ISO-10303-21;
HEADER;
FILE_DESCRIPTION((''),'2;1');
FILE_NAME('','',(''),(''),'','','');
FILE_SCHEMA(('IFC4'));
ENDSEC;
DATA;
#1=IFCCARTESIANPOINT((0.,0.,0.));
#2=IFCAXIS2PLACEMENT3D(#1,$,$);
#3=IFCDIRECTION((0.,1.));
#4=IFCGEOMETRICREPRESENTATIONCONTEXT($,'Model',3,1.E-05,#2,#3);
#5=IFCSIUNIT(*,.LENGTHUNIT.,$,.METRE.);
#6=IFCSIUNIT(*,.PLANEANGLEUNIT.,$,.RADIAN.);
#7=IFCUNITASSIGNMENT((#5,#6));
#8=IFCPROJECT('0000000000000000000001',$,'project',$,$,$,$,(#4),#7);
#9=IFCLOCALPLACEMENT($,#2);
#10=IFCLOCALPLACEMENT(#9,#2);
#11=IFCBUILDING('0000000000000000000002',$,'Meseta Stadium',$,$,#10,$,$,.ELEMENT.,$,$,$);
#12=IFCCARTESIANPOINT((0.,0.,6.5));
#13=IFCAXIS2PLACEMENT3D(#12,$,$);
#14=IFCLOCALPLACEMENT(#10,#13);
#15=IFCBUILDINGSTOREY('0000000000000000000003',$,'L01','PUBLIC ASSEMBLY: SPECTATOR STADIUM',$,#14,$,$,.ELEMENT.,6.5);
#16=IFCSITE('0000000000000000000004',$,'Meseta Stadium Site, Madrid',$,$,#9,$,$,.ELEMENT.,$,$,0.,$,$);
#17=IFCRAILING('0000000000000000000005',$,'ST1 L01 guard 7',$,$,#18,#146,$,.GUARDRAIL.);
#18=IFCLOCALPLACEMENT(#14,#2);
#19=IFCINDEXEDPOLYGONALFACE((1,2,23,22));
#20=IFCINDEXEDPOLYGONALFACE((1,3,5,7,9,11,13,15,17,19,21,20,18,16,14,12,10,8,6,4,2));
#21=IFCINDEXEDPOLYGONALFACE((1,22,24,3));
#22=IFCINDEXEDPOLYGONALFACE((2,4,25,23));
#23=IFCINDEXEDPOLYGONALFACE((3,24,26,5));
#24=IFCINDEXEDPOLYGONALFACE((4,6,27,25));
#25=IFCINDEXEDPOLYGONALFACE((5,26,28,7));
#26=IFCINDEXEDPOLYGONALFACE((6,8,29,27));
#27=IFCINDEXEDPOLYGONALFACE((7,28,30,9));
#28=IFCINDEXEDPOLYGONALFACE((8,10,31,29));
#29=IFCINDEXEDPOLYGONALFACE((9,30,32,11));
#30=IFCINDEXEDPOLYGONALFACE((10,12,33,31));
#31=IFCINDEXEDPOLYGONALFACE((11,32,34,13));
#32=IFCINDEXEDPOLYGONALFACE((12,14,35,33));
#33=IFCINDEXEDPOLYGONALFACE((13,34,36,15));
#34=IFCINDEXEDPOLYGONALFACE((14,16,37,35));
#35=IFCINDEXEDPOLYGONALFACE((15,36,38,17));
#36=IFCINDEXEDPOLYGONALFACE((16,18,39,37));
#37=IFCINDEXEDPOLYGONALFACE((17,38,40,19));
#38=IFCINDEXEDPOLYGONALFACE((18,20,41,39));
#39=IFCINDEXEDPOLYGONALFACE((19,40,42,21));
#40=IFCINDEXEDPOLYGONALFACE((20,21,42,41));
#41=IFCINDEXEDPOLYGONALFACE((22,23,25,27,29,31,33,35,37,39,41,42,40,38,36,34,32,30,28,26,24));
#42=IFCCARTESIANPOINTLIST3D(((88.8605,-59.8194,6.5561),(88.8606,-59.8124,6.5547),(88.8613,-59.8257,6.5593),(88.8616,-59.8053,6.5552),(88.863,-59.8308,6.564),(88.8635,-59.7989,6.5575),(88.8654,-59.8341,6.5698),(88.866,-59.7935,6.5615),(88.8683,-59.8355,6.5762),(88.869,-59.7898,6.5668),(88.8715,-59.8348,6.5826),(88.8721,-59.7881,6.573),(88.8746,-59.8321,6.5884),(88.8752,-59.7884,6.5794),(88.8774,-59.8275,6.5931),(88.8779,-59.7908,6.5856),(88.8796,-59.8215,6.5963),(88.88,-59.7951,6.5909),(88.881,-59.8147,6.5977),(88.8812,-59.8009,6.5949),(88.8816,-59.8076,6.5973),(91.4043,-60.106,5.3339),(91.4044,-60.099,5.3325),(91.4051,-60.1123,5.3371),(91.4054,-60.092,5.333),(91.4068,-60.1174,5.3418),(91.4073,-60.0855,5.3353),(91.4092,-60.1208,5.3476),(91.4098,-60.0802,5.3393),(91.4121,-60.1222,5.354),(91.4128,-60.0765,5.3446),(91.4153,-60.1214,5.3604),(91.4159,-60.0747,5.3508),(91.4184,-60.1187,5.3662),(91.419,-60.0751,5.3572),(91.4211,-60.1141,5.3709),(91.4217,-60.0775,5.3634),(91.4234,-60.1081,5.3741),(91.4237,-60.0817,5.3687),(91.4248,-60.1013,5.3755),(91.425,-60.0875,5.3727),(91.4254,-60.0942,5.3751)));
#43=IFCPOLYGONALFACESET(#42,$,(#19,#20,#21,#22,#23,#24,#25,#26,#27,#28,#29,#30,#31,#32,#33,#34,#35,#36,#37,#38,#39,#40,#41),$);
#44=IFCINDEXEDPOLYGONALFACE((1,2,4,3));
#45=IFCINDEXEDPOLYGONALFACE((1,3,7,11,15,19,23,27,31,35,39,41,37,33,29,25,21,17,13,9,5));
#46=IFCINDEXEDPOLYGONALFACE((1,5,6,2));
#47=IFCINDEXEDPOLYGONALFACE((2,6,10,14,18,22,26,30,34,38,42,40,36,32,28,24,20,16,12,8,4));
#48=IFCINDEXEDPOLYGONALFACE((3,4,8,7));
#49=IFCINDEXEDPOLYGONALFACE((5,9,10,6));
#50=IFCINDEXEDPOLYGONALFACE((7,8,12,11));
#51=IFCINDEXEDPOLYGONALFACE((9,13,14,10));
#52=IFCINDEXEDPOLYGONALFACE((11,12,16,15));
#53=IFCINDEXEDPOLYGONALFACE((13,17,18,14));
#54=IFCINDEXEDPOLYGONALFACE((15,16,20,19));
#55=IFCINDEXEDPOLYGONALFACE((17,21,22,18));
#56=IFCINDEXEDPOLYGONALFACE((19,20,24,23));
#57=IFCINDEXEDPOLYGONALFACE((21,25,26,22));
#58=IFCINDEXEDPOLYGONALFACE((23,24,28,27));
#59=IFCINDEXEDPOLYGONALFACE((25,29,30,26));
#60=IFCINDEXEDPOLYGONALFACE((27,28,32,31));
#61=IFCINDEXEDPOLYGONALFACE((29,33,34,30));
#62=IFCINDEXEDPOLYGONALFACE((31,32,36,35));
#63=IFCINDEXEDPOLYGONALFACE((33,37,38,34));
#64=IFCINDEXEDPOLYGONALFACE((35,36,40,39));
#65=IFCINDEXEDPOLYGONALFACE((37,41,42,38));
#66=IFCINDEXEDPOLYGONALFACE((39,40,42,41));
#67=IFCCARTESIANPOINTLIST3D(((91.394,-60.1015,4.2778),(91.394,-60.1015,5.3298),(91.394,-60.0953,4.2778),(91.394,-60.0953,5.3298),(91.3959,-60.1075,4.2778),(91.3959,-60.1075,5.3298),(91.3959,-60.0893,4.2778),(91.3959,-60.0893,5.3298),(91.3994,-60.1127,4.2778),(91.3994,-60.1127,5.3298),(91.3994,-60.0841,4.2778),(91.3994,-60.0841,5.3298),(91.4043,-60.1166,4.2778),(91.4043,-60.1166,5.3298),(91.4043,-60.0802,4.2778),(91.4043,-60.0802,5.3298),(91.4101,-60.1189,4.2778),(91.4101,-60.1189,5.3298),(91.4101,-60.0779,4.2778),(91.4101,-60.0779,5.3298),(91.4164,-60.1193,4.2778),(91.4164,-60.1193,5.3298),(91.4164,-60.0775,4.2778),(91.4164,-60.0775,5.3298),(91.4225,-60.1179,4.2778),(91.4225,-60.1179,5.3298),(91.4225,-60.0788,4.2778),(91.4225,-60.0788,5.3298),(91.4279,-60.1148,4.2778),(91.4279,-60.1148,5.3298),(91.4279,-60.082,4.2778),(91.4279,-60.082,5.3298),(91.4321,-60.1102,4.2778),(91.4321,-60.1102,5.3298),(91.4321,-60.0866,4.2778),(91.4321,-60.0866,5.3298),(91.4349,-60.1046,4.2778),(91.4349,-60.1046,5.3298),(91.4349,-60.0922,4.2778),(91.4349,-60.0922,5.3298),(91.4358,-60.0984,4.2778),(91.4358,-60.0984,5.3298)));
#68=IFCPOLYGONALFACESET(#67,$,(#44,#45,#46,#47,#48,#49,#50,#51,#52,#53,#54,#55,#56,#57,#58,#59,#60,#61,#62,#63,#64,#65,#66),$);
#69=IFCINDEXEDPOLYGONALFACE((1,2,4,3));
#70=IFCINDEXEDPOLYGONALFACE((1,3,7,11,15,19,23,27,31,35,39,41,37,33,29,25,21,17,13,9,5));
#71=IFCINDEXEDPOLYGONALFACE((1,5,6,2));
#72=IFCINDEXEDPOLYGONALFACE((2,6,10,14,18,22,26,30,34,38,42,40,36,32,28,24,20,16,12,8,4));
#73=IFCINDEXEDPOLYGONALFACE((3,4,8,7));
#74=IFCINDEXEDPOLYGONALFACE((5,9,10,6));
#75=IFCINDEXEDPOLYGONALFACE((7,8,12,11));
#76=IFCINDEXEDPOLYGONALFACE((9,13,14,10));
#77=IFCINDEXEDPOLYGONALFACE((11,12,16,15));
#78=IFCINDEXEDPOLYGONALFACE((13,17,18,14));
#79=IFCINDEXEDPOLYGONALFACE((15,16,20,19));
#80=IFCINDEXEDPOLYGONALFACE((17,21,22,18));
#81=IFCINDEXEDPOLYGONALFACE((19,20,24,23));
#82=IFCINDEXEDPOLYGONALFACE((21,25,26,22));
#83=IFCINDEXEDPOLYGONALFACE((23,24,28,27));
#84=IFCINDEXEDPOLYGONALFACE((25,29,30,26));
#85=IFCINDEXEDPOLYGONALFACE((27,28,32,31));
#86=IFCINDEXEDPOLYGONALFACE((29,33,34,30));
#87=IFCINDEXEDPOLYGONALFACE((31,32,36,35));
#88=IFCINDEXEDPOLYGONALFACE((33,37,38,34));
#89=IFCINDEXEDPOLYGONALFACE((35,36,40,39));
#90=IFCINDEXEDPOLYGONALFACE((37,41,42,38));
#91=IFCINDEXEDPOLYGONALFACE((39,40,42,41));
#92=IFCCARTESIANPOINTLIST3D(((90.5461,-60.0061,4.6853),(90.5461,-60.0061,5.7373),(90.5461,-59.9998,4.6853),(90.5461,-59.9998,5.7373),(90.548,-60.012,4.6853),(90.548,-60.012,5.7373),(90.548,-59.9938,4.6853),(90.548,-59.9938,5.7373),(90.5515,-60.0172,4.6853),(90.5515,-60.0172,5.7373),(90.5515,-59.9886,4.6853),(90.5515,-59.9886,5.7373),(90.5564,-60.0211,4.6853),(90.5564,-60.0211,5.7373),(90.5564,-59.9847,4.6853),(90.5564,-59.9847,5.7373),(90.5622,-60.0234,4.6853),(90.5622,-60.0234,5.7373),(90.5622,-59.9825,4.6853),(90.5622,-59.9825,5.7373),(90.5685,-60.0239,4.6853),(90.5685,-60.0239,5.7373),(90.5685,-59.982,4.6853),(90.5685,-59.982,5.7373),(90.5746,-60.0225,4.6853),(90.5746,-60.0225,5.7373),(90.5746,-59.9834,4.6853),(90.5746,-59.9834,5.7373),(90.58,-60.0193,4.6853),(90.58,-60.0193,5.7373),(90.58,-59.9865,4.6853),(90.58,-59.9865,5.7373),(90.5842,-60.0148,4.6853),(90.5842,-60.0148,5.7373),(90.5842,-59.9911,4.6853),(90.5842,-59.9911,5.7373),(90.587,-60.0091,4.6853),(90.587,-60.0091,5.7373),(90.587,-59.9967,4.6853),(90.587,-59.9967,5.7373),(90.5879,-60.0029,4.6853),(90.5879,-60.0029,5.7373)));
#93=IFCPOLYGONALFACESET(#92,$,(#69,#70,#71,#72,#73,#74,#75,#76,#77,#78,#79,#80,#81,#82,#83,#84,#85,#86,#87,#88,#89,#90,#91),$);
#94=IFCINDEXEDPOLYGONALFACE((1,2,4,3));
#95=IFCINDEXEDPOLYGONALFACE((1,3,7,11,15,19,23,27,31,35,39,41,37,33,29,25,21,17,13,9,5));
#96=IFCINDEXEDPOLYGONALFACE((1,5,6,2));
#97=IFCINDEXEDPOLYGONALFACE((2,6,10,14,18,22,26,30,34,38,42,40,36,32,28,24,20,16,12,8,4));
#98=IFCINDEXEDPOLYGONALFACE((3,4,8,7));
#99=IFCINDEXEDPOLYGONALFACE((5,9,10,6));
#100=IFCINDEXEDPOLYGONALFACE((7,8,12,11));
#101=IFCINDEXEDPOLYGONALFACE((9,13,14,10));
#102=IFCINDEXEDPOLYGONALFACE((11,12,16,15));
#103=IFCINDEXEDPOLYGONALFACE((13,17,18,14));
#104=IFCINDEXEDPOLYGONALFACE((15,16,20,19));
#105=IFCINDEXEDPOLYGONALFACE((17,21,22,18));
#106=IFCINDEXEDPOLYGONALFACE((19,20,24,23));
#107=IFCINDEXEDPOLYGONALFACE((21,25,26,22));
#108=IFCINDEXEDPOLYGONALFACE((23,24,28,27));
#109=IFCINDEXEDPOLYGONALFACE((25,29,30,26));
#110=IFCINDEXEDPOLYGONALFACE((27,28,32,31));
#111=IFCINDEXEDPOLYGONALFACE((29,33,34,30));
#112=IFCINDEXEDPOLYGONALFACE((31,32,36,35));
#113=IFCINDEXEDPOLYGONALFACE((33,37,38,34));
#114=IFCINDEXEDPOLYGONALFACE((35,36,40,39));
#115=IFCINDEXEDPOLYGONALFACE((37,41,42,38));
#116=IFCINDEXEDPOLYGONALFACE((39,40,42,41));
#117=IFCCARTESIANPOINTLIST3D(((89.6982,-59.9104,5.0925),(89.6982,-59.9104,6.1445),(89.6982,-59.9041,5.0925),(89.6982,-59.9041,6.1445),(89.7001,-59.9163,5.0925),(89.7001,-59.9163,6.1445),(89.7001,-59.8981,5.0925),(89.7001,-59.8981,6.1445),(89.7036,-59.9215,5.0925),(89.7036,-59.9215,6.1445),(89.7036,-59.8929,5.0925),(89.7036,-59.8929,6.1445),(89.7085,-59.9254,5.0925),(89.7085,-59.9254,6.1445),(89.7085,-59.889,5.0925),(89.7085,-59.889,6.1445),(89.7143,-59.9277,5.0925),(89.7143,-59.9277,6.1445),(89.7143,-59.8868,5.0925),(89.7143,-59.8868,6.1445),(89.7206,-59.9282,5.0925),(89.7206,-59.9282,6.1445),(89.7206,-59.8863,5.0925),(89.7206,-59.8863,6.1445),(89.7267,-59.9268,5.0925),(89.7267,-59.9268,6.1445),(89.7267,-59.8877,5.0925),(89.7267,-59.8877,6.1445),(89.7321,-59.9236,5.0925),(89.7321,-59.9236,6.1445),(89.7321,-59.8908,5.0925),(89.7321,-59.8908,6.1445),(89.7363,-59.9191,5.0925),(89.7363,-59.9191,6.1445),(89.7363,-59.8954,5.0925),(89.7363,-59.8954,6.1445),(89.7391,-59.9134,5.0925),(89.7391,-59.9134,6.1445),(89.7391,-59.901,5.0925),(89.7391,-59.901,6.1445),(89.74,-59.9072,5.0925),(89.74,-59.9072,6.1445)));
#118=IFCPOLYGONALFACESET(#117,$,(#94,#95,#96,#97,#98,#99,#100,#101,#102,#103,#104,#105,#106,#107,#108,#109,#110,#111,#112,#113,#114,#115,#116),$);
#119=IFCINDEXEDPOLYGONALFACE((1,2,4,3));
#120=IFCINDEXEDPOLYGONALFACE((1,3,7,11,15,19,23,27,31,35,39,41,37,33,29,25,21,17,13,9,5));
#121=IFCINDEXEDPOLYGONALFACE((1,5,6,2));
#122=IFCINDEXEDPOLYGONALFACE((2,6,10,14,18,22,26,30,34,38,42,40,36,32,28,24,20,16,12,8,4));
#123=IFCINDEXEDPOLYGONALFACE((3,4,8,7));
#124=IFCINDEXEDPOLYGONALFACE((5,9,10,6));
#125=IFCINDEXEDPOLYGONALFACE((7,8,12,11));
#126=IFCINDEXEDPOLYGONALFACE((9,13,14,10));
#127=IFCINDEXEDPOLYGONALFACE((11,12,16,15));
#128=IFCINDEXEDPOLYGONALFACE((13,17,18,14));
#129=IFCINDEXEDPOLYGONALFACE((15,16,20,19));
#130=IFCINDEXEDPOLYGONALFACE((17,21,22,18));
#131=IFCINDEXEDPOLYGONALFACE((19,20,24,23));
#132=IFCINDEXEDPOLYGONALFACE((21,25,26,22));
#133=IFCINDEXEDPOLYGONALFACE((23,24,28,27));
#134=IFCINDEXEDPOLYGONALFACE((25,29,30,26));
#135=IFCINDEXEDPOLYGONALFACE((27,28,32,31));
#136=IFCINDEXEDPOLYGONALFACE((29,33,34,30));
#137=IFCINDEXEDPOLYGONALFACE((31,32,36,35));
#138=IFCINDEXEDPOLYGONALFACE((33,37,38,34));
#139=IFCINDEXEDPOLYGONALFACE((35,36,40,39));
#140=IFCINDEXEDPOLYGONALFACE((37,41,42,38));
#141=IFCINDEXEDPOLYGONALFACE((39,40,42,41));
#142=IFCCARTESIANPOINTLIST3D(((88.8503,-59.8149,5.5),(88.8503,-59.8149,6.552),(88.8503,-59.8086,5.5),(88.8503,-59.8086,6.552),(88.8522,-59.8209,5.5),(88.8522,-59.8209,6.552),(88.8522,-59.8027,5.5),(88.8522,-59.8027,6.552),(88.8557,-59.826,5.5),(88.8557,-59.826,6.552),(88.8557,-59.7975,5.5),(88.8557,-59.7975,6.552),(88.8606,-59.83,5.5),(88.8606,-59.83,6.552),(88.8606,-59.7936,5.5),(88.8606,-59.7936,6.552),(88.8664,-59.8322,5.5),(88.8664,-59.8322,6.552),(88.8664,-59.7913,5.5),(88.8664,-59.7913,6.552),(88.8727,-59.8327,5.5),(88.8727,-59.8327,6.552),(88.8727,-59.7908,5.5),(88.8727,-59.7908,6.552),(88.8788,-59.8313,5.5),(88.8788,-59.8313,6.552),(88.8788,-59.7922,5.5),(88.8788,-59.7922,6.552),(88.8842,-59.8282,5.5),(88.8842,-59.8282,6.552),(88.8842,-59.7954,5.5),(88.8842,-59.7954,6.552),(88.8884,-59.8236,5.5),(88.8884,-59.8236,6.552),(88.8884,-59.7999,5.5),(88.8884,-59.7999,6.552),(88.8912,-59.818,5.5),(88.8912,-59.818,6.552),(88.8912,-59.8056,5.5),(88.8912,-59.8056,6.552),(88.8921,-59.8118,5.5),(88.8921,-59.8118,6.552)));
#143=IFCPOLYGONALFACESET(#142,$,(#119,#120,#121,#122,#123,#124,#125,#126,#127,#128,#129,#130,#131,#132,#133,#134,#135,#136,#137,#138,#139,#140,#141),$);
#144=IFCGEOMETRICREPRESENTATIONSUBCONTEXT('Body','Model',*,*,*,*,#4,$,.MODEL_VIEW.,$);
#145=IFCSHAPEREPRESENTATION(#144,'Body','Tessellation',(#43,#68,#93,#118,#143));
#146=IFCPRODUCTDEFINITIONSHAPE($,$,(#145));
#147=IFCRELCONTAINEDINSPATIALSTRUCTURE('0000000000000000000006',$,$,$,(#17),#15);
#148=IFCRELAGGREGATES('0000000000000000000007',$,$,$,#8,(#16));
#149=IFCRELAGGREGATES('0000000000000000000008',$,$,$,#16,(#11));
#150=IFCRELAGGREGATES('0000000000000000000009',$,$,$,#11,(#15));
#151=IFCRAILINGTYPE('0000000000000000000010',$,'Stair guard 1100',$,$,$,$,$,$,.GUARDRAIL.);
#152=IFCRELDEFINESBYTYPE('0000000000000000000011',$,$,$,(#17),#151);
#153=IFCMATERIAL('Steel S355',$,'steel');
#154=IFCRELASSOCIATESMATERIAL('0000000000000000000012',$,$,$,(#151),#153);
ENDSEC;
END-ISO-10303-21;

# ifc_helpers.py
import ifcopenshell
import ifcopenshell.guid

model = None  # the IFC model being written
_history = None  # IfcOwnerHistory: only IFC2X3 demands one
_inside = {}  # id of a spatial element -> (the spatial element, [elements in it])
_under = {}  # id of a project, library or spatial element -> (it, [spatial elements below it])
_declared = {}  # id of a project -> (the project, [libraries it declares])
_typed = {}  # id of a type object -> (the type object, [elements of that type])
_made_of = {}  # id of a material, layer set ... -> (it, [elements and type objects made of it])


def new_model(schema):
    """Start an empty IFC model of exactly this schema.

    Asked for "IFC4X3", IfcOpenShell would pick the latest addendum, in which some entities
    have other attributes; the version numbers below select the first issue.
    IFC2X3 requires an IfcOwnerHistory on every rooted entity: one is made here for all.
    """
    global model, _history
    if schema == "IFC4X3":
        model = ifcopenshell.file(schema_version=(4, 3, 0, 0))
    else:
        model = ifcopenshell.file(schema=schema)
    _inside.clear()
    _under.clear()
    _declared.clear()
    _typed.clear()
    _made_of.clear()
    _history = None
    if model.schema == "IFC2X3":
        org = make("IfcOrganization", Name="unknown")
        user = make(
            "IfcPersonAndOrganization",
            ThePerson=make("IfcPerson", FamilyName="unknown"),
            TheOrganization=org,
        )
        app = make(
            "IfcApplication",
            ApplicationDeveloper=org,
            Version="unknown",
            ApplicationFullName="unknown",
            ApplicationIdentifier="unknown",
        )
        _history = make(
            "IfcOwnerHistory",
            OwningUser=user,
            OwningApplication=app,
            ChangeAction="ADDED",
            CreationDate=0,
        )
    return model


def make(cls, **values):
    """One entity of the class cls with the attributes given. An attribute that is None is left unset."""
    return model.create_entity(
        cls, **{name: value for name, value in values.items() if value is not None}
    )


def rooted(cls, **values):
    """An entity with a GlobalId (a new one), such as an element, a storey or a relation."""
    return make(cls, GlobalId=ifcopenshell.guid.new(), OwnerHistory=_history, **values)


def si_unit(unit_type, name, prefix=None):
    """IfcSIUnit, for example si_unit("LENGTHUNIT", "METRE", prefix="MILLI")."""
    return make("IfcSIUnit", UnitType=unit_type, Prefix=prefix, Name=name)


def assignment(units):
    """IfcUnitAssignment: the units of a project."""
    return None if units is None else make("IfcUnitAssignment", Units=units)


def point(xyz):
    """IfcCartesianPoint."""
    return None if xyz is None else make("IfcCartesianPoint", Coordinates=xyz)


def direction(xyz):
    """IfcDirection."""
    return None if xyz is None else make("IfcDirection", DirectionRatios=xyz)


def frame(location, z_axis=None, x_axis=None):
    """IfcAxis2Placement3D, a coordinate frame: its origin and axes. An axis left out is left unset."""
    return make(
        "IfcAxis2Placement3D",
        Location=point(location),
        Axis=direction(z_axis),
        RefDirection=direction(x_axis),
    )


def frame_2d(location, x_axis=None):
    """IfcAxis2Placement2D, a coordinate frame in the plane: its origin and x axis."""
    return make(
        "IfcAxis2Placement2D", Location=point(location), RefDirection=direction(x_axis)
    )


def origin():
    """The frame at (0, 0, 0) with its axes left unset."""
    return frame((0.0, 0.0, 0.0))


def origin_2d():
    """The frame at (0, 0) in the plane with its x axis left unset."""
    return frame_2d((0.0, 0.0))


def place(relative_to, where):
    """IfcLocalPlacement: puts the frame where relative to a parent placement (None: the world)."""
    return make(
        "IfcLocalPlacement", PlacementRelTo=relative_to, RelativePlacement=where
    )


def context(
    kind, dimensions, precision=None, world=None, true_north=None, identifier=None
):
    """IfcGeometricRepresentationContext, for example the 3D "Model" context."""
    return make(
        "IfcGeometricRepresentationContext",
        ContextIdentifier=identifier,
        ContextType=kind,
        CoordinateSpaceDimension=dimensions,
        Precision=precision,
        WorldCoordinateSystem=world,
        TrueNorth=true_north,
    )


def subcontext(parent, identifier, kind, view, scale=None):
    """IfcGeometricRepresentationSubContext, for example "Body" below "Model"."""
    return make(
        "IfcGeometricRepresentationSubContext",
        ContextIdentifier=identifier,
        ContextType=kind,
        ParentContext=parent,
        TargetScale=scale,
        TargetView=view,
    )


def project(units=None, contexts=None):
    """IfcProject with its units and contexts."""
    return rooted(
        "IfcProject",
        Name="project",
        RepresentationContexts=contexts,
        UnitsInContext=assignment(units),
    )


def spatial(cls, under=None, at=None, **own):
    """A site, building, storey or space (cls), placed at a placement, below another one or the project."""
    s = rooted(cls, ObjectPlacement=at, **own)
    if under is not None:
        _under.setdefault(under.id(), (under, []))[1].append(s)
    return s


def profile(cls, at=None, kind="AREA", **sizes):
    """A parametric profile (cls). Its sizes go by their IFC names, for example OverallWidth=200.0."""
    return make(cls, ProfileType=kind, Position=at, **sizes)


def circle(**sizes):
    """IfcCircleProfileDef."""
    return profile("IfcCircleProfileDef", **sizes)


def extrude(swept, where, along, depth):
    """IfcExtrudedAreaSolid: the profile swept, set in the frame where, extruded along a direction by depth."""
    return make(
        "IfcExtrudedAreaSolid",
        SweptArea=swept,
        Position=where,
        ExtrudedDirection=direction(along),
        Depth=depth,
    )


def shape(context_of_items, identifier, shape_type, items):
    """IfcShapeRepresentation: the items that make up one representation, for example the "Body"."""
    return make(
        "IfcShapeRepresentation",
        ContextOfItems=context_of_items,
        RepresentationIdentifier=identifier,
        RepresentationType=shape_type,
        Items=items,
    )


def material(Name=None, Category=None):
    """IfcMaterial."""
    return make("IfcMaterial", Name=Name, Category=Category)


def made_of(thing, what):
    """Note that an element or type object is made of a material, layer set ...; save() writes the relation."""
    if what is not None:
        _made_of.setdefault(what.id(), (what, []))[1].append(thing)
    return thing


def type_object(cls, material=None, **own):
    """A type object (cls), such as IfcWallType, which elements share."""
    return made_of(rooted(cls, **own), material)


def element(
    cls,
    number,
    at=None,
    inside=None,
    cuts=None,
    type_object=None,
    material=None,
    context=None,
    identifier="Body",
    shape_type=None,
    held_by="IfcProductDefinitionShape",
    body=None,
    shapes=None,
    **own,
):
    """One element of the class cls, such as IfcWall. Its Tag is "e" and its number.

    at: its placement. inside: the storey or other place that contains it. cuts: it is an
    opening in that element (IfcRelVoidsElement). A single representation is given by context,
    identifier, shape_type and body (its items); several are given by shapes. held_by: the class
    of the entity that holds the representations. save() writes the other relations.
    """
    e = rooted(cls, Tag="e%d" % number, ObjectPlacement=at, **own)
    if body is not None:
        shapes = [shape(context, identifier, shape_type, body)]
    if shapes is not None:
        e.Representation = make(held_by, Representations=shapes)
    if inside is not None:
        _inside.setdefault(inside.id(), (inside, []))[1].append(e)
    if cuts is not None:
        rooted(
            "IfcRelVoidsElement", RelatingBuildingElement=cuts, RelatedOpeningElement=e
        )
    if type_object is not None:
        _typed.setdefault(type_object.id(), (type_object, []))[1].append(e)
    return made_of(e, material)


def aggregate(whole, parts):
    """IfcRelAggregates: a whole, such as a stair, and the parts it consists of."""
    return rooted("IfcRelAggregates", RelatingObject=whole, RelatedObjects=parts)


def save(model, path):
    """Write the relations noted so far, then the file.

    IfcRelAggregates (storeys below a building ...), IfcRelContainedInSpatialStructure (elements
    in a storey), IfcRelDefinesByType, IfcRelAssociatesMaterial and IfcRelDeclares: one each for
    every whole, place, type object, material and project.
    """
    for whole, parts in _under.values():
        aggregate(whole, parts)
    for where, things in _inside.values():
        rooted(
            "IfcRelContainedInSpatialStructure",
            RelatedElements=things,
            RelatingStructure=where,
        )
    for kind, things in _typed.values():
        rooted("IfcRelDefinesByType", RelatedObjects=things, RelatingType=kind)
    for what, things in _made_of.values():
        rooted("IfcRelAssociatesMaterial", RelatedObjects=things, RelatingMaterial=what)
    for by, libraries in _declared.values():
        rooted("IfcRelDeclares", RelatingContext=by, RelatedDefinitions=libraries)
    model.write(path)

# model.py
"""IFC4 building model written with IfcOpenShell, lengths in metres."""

from ifc_helpers import new_model, si_unit, direction, frame, origin, origin_2d, place, context, subcontext, project, spatial, circle, extrude, material, type_object, element, save


model = new_model("IFC4")

# Units and contexts
model_context = context("Model", 3, precision=1e-05, world=origin(), true_north=direction((0.0, 1.0)))
body_context = subcontext(model_context, "Body", "Model", "MODEL_VIEW")
ifc_project = project(units=[si_unit("LENGTHUNIT", "METRE"), si_unit("PLANEANGLEUNIT", "RADIAN")], contexts=[model_context])

# Site, building, storey
site_placement = place(None, origin())
site = spatial("IfcSite", under=ifc_project, at=site_placement, Name="Meseta Stadium Site, Madrid", CompositionType="ELEMENT", RefElevation=0.0)
building_placement = place(site_placement, origin())
building = spatial("IfcBuilding", under=site, at=building_placement, Name="Meseta Stadium", CompositionType="ELEMENT")
storey_placement = place(building_placement, frame((0.0, 0.0, 6.5)))
storey = spatial("IfcBuildingStorey", under=building, at=storey_placement, Name="L01", Description="PUBLIC ASSEMBLY: SPECTATOR STADIUM", CompositionType="ELEMENT", Elevation=6.5)

# Railing
ifc_material_1 = material(Name="Steel S355", Category="steel")
railing_type_1 = type_object("IfcRailingType", Name="Stair guard 1100", PredefinedType="GUARDRAIL", material=ifc_material_1)
railing_1_placement = place(storey_placement, frame((91.4148, -60.0984, 4.2778)))
element("IfcRailing", 1, at=railing_1_placement, inside=storey, type_object=railing_type_1, Name="ST1 L01 guard 7", PredefinedType="GUARDRAIL", context=body_context, shape_type="SweptSolid", body=[
    extrude(circle(Radius=0.0239, at=origin_2d()), frame((0.0, 0.0, 1.0762), z_axis=(-0.896745, 0.101044, 0.430858), x_axis=(-0.11197, -0.993712, 0.0)), (0.0, 0.0, 1.0), 2.8367),
    extrude(circle(Radius=0.021, at=origin_2d()), origin(), (0.0, 0.0, 1.0), 1.052),
    extrude(circle(Radius=0.021, at=origin_2d()), frame((-0.8479, 0.0955, 0.4075)), (0.0, 0.0, 1.0), 1.052),
    extrude(circle(Radius=0.021, at=origin_2d()), frame((-1.6958, 0.1912, 0.8147)), (0.0, 0.0, 1.0), 1.052),
    extrude(circle(Radius=0.021, at=origin_2d()), frame((-2.5437, 0.2866, 1.2222)), (0.0, 0.0, 1.0), 1.052),
])

save(model, "model.ifc")
